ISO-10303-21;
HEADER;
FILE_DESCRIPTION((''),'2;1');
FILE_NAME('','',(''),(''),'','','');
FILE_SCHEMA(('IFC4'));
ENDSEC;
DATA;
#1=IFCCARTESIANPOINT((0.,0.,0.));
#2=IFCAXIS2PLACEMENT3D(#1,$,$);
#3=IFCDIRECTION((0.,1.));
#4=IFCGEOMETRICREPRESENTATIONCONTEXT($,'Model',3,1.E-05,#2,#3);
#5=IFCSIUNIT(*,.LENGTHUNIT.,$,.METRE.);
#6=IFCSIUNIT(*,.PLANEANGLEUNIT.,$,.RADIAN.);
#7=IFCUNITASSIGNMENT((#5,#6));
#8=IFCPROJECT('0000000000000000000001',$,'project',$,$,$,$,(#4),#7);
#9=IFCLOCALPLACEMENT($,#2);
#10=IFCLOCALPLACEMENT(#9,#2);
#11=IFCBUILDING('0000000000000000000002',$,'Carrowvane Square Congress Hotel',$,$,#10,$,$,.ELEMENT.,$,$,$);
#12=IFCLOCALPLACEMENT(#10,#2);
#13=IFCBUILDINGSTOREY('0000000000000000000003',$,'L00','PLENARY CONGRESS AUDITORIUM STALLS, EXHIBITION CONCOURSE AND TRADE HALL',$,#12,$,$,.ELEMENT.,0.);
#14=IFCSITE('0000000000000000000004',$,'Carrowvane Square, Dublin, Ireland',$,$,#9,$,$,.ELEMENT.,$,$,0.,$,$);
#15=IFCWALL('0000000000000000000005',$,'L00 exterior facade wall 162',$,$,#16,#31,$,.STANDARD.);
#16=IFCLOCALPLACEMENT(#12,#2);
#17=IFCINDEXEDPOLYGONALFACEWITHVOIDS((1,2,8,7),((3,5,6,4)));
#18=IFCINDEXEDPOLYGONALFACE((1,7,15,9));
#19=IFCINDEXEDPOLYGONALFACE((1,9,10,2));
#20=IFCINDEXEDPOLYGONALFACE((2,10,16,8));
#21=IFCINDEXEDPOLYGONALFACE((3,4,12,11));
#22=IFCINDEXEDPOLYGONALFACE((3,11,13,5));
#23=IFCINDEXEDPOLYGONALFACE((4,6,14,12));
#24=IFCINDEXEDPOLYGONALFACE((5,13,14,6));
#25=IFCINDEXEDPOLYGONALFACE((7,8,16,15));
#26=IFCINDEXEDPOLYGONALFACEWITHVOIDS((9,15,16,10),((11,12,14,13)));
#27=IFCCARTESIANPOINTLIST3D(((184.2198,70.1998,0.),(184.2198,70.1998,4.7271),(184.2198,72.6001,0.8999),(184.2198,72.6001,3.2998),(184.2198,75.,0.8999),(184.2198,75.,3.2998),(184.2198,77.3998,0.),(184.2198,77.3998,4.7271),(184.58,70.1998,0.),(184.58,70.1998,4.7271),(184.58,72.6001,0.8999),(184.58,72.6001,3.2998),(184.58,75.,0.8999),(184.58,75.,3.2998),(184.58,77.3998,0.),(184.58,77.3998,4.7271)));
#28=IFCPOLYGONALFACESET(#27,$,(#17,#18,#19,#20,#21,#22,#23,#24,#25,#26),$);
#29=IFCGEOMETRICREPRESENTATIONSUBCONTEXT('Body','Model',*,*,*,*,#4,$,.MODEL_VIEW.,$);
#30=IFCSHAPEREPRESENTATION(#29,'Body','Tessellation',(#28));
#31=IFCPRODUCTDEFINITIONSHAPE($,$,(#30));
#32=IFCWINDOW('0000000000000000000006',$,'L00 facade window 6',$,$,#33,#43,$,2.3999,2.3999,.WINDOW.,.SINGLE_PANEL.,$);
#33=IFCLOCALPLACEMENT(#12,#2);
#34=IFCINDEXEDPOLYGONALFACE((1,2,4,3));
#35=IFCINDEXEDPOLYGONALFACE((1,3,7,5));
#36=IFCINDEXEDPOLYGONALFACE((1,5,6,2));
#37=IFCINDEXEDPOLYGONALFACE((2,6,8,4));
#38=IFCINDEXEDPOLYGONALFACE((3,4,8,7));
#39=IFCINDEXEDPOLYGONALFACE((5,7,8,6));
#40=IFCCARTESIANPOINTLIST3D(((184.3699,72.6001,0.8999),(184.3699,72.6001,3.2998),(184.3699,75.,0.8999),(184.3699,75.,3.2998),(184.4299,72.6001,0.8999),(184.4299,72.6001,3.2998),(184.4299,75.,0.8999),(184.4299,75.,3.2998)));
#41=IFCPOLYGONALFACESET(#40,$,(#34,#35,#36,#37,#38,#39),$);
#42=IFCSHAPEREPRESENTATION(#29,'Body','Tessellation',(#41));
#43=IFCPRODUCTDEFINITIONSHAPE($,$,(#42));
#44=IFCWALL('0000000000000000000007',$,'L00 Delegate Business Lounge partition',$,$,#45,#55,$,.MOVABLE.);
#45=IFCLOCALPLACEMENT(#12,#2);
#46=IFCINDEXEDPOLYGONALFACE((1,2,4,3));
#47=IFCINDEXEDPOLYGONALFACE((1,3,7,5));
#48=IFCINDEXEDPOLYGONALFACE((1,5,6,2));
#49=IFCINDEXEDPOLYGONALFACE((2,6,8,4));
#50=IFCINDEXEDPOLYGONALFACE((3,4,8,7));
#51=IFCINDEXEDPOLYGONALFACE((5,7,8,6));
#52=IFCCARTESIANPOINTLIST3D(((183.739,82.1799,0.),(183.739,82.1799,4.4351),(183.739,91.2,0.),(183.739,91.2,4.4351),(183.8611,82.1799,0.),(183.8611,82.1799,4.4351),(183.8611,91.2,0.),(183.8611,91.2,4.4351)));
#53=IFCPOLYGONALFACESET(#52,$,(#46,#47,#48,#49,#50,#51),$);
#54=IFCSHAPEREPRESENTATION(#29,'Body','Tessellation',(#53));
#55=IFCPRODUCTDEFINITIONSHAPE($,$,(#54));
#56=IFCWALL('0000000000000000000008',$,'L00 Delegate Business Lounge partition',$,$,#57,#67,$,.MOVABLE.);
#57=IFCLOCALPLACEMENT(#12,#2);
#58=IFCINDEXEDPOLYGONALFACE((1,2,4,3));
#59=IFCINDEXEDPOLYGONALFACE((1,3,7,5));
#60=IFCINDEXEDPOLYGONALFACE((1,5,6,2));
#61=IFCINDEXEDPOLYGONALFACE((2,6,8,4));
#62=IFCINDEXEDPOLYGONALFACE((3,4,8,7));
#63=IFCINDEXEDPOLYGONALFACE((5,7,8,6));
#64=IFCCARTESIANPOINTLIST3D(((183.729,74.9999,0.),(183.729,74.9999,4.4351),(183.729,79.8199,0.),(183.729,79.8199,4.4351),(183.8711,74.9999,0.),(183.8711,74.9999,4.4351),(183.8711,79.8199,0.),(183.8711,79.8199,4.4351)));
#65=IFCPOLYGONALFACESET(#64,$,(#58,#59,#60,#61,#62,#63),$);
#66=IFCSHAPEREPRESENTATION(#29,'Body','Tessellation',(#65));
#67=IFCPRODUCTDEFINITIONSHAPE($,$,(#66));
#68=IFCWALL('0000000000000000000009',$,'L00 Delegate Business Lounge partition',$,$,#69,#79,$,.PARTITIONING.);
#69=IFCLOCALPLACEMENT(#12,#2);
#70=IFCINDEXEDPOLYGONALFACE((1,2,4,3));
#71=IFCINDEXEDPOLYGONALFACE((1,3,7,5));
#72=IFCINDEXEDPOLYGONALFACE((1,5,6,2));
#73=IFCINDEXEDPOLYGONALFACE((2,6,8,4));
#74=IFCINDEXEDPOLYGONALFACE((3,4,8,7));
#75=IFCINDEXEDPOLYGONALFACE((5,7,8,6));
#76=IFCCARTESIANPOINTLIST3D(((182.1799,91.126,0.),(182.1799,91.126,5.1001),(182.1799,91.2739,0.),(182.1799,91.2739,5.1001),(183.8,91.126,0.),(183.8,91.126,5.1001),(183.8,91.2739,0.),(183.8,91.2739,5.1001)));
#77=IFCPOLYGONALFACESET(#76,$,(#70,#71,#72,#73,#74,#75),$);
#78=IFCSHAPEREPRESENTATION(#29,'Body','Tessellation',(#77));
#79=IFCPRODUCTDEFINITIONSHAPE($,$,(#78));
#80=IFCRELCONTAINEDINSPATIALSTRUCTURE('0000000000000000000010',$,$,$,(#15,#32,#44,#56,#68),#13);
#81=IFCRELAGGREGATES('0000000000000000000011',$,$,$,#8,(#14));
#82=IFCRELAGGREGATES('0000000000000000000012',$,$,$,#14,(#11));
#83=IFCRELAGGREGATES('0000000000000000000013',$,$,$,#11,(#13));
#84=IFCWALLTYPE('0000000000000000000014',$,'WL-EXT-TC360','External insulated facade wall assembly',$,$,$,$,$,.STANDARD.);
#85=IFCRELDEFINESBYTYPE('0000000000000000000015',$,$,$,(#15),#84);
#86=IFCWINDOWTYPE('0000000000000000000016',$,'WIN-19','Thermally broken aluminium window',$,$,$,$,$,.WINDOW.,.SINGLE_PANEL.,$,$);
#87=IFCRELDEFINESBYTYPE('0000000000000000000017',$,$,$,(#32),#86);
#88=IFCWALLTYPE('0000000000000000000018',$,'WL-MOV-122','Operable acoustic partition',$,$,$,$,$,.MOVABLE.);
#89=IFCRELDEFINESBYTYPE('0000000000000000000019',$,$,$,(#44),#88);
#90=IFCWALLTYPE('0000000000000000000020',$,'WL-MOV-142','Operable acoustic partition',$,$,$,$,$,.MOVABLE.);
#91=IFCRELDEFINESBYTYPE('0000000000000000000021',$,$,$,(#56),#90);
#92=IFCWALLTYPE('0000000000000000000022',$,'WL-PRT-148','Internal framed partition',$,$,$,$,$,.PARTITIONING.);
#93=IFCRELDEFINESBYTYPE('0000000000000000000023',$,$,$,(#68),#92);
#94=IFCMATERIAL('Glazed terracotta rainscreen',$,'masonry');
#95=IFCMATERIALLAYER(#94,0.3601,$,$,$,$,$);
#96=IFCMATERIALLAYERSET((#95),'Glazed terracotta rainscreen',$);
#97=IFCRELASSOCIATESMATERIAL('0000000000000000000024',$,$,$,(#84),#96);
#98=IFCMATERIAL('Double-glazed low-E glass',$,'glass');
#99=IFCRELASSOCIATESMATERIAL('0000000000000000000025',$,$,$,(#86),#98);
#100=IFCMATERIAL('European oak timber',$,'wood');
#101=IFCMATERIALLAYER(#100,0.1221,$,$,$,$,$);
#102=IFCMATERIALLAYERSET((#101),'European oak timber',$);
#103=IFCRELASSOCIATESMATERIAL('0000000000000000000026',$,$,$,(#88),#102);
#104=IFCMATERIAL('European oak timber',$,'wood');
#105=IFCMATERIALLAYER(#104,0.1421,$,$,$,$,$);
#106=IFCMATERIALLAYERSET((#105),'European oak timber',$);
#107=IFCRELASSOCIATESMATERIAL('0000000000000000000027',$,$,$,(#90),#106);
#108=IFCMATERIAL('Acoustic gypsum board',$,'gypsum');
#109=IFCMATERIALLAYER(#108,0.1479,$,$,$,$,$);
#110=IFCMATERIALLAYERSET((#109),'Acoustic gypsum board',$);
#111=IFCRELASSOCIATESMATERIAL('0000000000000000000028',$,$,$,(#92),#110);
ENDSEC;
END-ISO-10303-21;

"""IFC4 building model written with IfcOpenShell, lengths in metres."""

from ifc_helpers import new_model, si_unit, direction, frame, frame_2d, origin, place, context, subcontext, project, spatial, rectangle, extrude, material, layer, layer_set, type_object, element, fill, save


model = new_model("IFC4")

# Units and contexts
model_context = context("Model", 3, precision=1e-05, world=origin(), true_north=direction((0.0, 1.0)))
body_context = subcontext(model_context, "Body", "Model", "MODEL_VIEW")
ifc_project = project(units=[si_unit("LENGTHUNIT", "METRE"), si_unit("PLANEANGLEUNIT", "RADIAN")], contexts=[model_context])

# Site, building, storey
site_placement = place(None, origin())
site = spatial("IfcSite", under=ifc_project, at=site_placement, Name="Carrowvane Square, Dublin, Ireland", CompositionType="ELEMENT", RefElevation=0.0)
building_placement = place(site_placement, origin())
building = spatial("IfcBuilding", under=site, at=building_placement, Name="Carrowvane Square Congress Hotel", CompositionType="ELEMENT")
storey_placement = place(building_placement, origin())
storey = spatial("IfcBuildingStorey", under=building, at=storey_placement, Name="L00", Description="PLENARY CONGRESS AUDITORIUM STALLS, EXHIBITION CONCOURSE AND TRADE HALL", CompositionType="ELEMENT", Elevation=0.0)

# Shared definitions
ifc_material_1 = material(Name="Glazed terracotta rainscreen", Category="masonry")
ifc_layer_1 = layer(ifc_material_1, 0.3601)
ifc_layer_set_1 = layer_set([ifc_layer_1], Name="Glazed terracotta rainscreen")
wall_type_1 = type_object("IfcWallType", Name="WL-EXT-TC360", Description="External insulated facade wall assembly", PredefinedType="STANDARD", material=ifc_layer_set_1)

# Wall, opening, window
wall_1_placement = place(storey_placement, frame((184.3999, 77.3999, 0.0), z_axis=(0.0, 0.0, 1.0), x_axis=(0.0, -1.0, 0.0)))
wall_1 = element("IfcWall", 1, at=wall_1_placement, inside=storey, type_object=wall_type_1, Name="L00 exterior facade wall 162", PredefinedType="STANDARD", context=body_context, shape_type="SweptSolid", body=[
    extrude(rectangle(XDim=7.2, YDim=0.3601, at=frame_2d((3.6001, 0.0))), origin(), (0.0, 0.0, 1.0), 4.7271),
])
opening_1_placement = place(wall_1_placement, frame((2.3999, 0.0, 0.8999)))
opening_1 = element("IfcOpeningElement", 2, at=opening_1_placement, cuts=wall_1, PredefinedType="OPENING", context=body_context, shape_type="SweptSolid", body=[
    extrude(rectangle(XDim=2.3999, YDim=2.3999, at=frame_2d((1.2, 1.2))), frame((0.0, 0.1899, 0.0), z_axis=(0.0, -1.0, 0.0), x_axis=(1.0, 0.0, 0.0)), (0.0, 0.0, 1.0), 0.3801),
])
ifc_material_2 = material(Name="Double-glazed low-E glass", Category="glass")
window_type_1 = type_object("IfcWindowType", Name="WIN-19", Description="Thermally broken aluminium window", PartitioningType="SINGLE_PANEL", PredefinedType="WINDOW", material=ifc_material_2)
window_1_placement = place(opening_1_placement, origin())
window_1 = element("IfcWindow", 3, at=window_1_placement, inside=storey, type_object=window_type_1, Name="L00 facade window 6", OverallHeight=2.3999, OverallWidth=2.3999, PartitioningType="SINGLE_PANEL", PredefinedType="WINDOW", context=body_context, shape_type="SweptSolid", body=[
    extrude(rectangle(XDim=2.3999, YDim=2.3999, at=frame_2d((1.2, 1.2))), frame((0.0, 0.03, 0.0), z_axis=(0.0, -1.0, 0.0), x_axis=(1.0, 0.0, 0.0)), (0.0, 0.0, 1.0), 0.0601),
])
fill(opening_1, window_1)

# Walls
ifc_material_3 = material(Name="European oak timber", Category="wood")
ifc_layer_2 = layer(ifc_material_3, 0.1221)
ifc_layer_set_2 = layer_set([ifc_layer_2], Name="European oak timber")
wall_type_2 = type_object("IfcWallType", Name="WL-MOV-122", Description="Operable acoustic partition", PredefinedType="MOVABLE", material=ifc_layer_set_2)
wall_2_placement = place(storey_placement, frame((183.8, 91.2, 0.0), z_axis=(0.0, 0.0, 1.0), x_axis=(0.0, -1.0, 0.0)))
element("IfcWall", 4, at=wall_2_placement, inside=storey, type_object=wall_type_2, Name="L00 Delegate Business Lounge partition", PredefinedType="MOVABLE", context=body_context, shape_type="SweptSolid", body=[
    extrude(rectangle(XDim=9.02, YDim=0.1221, at=frame_2d((4.51, 0.0))), origin(), (0.0, 0.0, 1.0), 4.4351),
])
ifc_material_4 = material(Name="European oak timber", Category="wood")
ifc_layer_3 = layer(ifc_material_4, 0.1421)
ifc_layer_set_3 = layer_set([ifc_layer_3], Name="European oak timber")
wall_type_3 = type_object("IfcWallType", Name="WL-MOV-142", Description="Operable acoustic partition", PredefinedType="MOVABLE", material=ifc_layer_set_3)
wall_3_placement = place(storey_placement, frame((183.8, 79.8201, 0.0), z_axis=(0.0, 0.0, 1.0), x_axis=(0.0, -1.0, 0.0)))
element("IfcWall", 5, at=wall_3_placement, inside=storey, type_object=wall_type_3, Name="L00 Delegate Business Lounge partition", PredefinedType="MOVABLE", context=body_context, shape_type="SweptSolid", body=[
    extrude(rectangle(XDim=4.8201, YDim=0.1421, at=frame_2d((2.4102, 0.0))), origin(), (0.0, 0.0, 1.0), 4.4351),
])
ifc_material_5 = material(Name="Acoustic gypsum board", Category="gypsum")
ifc_layer_4 = layer(ifc_material_5, 0.1479)
ifc_layer_set_4 = layer_set([ifc_layer_4], Name="Acoustic gypsum board")
wall_type_4 = type_object("IfcWallType", Name="WL-PRT-148", Description="Internal framed partition", PredefinedType="PARTITIONING", material=ifc_layer_set_4)
wall_4_placement = place(storey_placement, frame((182.1799, 91.2, 0.0), z_axis=(0.0, 0.0, 1.0), x_axis=(1.0, 0.0, 0.0)))
element("IfcWall", 6, at=wall_4_placement, inside=storey, type_object=wall_type_4, Name="L00 Delegate Business Lounge partition", PredefinedType="PARTITIONING", context=body_context, shape_type="SweptSolid", body=[
    extrude(rectangle(XDim=1.6201, YDim=0.1479, at=frame_2d((0.8101, 0.0))), origin(), (0.0, 0.0, 1.0), 5.1001),
])

save(model, "model.ifc")
